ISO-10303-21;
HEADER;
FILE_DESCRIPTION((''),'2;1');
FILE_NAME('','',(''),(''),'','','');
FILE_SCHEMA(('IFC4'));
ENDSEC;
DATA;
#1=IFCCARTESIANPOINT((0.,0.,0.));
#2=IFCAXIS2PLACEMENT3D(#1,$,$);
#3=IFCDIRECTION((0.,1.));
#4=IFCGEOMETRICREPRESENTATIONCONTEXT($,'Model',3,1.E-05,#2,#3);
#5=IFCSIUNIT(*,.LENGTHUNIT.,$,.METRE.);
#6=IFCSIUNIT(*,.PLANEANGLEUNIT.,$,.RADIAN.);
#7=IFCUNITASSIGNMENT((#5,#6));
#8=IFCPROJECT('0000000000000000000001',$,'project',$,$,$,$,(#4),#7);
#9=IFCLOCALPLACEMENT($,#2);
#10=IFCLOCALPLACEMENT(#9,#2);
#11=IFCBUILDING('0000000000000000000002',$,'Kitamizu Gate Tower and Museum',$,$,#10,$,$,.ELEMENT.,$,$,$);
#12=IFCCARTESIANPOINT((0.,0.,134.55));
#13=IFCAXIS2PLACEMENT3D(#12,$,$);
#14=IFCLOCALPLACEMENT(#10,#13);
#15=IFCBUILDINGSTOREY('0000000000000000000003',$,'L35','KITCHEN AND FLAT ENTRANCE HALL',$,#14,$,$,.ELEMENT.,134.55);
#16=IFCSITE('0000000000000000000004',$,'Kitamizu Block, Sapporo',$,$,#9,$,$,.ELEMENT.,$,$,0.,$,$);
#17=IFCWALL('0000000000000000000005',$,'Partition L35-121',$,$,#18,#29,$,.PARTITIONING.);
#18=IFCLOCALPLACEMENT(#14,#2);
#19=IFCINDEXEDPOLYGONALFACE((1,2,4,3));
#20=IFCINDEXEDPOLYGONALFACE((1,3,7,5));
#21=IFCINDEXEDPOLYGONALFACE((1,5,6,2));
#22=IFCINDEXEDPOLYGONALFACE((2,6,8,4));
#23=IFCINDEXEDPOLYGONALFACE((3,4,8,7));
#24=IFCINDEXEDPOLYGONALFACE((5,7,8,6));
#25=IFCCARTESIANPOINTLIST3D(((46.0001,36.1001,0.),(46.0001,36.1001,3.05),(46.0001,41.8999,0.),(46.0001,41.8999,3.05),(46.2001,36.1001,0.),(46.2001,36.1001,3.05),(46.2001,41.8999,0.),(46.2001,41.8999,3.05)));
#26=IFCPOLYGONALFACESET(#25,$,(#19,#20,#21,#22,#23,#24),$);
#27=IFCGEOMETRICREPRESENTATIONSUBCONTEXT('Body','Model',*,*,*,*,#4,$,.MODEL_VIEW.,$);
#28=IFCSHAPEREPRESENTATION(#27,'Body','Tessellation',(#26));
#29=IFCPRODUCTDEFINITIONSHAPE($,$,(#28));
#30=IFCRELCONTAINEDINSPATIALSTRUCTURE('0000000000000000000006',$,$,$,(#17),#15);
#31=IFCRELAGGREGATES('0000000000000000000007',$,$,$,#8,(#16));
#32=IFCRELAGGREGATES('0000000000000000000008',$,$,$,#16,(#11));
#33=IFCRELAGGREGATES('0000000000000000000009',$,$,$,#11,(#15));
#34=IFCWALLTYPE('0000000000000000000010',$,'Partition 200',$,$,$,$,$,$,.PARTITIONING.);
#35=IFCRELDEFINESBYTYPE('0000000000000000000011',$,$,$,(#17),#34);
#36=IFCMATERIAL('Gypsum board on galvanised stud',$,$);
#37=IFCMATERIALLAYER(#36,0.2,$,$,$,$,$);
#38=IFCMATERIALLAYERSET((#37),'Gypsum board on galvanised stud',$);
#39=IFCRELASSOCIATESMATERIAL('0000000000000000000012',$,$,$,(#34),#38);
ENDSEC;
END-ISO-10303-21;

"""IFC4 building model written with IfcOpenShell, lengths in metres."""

from ifc_helpers import new_model, si_unit, direction, frame, frame_2d, origin, place, context, subcontext, project, spatial, rectangle, extrude, material, layer, layer_set, type_object, element, save


model = new_model("IFC4")

# Units and contexts
model_context = context("Model", 3, precision=1e-05, world=origin(), true_north=direction((0.0, 1.0)))
body_context = subcontext(model_context, "Body", "Model", "MODEL_VIEW")
ifc_project = project(units=[si_unit("LENGTHUNIT", "METRE"), si_unit("PLANEANGLEUNIT", "RADIAN")], contexts=[model_context])

# Site, building, storey
site_placement = place(None, origin())
site = spatial("IfcSite", under=ifc_project, at=site_placement, Name="Kitamizu Block, Sapporo", CompositionType="ELEMENT", RefElevation=0.0)
building_placement = place(site_placement, origin())
building = spatial("IfcBuilding", under=site, at=building_placement, Name="Kitamizu Gate Tower and Museum", CompositionType="ELEMENT")
storey_placement = place(building_placement, frame((0.0, 0.0, 134.55)))
storey = spatial("IfcBuildingStorey", under=building, at=storey_placement, Name="L35", Description="KITCHEN AND FLAT ENTRANCE HALL", CompositionType="ELEMENT", Elevation=134.55)

# Shared definitions
ifc_material_1 = material(Name="Gypsum board on galvanised stud")
ifc_layer_1 = layer(ifc_material_1, 0.2)
ifc_layer_set_1 = layer_set([ifc_layer_1], Name="Gypsum board on galvanised stud")
wall_type_1 = type_object("IfcWallType", Name="Partition 200", PredefinedType="PARTITIONING", material=ifc_layer_set_1)

# Wall
wall_1_placement = place(storey_placement, frame((46.1001, 36.1001, 0.0), z_axis=(0.0, 0.0, 1.0), x_axis=(0.0, 1.0, 0.0)))
element("IfcWall", 1, at=wall_1_placement, inside=storey, type_object=wall_type_1, Name="Partition L35-121", PredefinedType="PARTITIONING", context=body_context, shape_type="SweptSolid", body=[
    extrude(rectangle(XDim=5.7998, YDim=0.2, at=frame_2d((2.8999, 0.0))), origin(), (0.0, 0.0, 1.0), 3.05),
])

save(model, "model.ifc")
